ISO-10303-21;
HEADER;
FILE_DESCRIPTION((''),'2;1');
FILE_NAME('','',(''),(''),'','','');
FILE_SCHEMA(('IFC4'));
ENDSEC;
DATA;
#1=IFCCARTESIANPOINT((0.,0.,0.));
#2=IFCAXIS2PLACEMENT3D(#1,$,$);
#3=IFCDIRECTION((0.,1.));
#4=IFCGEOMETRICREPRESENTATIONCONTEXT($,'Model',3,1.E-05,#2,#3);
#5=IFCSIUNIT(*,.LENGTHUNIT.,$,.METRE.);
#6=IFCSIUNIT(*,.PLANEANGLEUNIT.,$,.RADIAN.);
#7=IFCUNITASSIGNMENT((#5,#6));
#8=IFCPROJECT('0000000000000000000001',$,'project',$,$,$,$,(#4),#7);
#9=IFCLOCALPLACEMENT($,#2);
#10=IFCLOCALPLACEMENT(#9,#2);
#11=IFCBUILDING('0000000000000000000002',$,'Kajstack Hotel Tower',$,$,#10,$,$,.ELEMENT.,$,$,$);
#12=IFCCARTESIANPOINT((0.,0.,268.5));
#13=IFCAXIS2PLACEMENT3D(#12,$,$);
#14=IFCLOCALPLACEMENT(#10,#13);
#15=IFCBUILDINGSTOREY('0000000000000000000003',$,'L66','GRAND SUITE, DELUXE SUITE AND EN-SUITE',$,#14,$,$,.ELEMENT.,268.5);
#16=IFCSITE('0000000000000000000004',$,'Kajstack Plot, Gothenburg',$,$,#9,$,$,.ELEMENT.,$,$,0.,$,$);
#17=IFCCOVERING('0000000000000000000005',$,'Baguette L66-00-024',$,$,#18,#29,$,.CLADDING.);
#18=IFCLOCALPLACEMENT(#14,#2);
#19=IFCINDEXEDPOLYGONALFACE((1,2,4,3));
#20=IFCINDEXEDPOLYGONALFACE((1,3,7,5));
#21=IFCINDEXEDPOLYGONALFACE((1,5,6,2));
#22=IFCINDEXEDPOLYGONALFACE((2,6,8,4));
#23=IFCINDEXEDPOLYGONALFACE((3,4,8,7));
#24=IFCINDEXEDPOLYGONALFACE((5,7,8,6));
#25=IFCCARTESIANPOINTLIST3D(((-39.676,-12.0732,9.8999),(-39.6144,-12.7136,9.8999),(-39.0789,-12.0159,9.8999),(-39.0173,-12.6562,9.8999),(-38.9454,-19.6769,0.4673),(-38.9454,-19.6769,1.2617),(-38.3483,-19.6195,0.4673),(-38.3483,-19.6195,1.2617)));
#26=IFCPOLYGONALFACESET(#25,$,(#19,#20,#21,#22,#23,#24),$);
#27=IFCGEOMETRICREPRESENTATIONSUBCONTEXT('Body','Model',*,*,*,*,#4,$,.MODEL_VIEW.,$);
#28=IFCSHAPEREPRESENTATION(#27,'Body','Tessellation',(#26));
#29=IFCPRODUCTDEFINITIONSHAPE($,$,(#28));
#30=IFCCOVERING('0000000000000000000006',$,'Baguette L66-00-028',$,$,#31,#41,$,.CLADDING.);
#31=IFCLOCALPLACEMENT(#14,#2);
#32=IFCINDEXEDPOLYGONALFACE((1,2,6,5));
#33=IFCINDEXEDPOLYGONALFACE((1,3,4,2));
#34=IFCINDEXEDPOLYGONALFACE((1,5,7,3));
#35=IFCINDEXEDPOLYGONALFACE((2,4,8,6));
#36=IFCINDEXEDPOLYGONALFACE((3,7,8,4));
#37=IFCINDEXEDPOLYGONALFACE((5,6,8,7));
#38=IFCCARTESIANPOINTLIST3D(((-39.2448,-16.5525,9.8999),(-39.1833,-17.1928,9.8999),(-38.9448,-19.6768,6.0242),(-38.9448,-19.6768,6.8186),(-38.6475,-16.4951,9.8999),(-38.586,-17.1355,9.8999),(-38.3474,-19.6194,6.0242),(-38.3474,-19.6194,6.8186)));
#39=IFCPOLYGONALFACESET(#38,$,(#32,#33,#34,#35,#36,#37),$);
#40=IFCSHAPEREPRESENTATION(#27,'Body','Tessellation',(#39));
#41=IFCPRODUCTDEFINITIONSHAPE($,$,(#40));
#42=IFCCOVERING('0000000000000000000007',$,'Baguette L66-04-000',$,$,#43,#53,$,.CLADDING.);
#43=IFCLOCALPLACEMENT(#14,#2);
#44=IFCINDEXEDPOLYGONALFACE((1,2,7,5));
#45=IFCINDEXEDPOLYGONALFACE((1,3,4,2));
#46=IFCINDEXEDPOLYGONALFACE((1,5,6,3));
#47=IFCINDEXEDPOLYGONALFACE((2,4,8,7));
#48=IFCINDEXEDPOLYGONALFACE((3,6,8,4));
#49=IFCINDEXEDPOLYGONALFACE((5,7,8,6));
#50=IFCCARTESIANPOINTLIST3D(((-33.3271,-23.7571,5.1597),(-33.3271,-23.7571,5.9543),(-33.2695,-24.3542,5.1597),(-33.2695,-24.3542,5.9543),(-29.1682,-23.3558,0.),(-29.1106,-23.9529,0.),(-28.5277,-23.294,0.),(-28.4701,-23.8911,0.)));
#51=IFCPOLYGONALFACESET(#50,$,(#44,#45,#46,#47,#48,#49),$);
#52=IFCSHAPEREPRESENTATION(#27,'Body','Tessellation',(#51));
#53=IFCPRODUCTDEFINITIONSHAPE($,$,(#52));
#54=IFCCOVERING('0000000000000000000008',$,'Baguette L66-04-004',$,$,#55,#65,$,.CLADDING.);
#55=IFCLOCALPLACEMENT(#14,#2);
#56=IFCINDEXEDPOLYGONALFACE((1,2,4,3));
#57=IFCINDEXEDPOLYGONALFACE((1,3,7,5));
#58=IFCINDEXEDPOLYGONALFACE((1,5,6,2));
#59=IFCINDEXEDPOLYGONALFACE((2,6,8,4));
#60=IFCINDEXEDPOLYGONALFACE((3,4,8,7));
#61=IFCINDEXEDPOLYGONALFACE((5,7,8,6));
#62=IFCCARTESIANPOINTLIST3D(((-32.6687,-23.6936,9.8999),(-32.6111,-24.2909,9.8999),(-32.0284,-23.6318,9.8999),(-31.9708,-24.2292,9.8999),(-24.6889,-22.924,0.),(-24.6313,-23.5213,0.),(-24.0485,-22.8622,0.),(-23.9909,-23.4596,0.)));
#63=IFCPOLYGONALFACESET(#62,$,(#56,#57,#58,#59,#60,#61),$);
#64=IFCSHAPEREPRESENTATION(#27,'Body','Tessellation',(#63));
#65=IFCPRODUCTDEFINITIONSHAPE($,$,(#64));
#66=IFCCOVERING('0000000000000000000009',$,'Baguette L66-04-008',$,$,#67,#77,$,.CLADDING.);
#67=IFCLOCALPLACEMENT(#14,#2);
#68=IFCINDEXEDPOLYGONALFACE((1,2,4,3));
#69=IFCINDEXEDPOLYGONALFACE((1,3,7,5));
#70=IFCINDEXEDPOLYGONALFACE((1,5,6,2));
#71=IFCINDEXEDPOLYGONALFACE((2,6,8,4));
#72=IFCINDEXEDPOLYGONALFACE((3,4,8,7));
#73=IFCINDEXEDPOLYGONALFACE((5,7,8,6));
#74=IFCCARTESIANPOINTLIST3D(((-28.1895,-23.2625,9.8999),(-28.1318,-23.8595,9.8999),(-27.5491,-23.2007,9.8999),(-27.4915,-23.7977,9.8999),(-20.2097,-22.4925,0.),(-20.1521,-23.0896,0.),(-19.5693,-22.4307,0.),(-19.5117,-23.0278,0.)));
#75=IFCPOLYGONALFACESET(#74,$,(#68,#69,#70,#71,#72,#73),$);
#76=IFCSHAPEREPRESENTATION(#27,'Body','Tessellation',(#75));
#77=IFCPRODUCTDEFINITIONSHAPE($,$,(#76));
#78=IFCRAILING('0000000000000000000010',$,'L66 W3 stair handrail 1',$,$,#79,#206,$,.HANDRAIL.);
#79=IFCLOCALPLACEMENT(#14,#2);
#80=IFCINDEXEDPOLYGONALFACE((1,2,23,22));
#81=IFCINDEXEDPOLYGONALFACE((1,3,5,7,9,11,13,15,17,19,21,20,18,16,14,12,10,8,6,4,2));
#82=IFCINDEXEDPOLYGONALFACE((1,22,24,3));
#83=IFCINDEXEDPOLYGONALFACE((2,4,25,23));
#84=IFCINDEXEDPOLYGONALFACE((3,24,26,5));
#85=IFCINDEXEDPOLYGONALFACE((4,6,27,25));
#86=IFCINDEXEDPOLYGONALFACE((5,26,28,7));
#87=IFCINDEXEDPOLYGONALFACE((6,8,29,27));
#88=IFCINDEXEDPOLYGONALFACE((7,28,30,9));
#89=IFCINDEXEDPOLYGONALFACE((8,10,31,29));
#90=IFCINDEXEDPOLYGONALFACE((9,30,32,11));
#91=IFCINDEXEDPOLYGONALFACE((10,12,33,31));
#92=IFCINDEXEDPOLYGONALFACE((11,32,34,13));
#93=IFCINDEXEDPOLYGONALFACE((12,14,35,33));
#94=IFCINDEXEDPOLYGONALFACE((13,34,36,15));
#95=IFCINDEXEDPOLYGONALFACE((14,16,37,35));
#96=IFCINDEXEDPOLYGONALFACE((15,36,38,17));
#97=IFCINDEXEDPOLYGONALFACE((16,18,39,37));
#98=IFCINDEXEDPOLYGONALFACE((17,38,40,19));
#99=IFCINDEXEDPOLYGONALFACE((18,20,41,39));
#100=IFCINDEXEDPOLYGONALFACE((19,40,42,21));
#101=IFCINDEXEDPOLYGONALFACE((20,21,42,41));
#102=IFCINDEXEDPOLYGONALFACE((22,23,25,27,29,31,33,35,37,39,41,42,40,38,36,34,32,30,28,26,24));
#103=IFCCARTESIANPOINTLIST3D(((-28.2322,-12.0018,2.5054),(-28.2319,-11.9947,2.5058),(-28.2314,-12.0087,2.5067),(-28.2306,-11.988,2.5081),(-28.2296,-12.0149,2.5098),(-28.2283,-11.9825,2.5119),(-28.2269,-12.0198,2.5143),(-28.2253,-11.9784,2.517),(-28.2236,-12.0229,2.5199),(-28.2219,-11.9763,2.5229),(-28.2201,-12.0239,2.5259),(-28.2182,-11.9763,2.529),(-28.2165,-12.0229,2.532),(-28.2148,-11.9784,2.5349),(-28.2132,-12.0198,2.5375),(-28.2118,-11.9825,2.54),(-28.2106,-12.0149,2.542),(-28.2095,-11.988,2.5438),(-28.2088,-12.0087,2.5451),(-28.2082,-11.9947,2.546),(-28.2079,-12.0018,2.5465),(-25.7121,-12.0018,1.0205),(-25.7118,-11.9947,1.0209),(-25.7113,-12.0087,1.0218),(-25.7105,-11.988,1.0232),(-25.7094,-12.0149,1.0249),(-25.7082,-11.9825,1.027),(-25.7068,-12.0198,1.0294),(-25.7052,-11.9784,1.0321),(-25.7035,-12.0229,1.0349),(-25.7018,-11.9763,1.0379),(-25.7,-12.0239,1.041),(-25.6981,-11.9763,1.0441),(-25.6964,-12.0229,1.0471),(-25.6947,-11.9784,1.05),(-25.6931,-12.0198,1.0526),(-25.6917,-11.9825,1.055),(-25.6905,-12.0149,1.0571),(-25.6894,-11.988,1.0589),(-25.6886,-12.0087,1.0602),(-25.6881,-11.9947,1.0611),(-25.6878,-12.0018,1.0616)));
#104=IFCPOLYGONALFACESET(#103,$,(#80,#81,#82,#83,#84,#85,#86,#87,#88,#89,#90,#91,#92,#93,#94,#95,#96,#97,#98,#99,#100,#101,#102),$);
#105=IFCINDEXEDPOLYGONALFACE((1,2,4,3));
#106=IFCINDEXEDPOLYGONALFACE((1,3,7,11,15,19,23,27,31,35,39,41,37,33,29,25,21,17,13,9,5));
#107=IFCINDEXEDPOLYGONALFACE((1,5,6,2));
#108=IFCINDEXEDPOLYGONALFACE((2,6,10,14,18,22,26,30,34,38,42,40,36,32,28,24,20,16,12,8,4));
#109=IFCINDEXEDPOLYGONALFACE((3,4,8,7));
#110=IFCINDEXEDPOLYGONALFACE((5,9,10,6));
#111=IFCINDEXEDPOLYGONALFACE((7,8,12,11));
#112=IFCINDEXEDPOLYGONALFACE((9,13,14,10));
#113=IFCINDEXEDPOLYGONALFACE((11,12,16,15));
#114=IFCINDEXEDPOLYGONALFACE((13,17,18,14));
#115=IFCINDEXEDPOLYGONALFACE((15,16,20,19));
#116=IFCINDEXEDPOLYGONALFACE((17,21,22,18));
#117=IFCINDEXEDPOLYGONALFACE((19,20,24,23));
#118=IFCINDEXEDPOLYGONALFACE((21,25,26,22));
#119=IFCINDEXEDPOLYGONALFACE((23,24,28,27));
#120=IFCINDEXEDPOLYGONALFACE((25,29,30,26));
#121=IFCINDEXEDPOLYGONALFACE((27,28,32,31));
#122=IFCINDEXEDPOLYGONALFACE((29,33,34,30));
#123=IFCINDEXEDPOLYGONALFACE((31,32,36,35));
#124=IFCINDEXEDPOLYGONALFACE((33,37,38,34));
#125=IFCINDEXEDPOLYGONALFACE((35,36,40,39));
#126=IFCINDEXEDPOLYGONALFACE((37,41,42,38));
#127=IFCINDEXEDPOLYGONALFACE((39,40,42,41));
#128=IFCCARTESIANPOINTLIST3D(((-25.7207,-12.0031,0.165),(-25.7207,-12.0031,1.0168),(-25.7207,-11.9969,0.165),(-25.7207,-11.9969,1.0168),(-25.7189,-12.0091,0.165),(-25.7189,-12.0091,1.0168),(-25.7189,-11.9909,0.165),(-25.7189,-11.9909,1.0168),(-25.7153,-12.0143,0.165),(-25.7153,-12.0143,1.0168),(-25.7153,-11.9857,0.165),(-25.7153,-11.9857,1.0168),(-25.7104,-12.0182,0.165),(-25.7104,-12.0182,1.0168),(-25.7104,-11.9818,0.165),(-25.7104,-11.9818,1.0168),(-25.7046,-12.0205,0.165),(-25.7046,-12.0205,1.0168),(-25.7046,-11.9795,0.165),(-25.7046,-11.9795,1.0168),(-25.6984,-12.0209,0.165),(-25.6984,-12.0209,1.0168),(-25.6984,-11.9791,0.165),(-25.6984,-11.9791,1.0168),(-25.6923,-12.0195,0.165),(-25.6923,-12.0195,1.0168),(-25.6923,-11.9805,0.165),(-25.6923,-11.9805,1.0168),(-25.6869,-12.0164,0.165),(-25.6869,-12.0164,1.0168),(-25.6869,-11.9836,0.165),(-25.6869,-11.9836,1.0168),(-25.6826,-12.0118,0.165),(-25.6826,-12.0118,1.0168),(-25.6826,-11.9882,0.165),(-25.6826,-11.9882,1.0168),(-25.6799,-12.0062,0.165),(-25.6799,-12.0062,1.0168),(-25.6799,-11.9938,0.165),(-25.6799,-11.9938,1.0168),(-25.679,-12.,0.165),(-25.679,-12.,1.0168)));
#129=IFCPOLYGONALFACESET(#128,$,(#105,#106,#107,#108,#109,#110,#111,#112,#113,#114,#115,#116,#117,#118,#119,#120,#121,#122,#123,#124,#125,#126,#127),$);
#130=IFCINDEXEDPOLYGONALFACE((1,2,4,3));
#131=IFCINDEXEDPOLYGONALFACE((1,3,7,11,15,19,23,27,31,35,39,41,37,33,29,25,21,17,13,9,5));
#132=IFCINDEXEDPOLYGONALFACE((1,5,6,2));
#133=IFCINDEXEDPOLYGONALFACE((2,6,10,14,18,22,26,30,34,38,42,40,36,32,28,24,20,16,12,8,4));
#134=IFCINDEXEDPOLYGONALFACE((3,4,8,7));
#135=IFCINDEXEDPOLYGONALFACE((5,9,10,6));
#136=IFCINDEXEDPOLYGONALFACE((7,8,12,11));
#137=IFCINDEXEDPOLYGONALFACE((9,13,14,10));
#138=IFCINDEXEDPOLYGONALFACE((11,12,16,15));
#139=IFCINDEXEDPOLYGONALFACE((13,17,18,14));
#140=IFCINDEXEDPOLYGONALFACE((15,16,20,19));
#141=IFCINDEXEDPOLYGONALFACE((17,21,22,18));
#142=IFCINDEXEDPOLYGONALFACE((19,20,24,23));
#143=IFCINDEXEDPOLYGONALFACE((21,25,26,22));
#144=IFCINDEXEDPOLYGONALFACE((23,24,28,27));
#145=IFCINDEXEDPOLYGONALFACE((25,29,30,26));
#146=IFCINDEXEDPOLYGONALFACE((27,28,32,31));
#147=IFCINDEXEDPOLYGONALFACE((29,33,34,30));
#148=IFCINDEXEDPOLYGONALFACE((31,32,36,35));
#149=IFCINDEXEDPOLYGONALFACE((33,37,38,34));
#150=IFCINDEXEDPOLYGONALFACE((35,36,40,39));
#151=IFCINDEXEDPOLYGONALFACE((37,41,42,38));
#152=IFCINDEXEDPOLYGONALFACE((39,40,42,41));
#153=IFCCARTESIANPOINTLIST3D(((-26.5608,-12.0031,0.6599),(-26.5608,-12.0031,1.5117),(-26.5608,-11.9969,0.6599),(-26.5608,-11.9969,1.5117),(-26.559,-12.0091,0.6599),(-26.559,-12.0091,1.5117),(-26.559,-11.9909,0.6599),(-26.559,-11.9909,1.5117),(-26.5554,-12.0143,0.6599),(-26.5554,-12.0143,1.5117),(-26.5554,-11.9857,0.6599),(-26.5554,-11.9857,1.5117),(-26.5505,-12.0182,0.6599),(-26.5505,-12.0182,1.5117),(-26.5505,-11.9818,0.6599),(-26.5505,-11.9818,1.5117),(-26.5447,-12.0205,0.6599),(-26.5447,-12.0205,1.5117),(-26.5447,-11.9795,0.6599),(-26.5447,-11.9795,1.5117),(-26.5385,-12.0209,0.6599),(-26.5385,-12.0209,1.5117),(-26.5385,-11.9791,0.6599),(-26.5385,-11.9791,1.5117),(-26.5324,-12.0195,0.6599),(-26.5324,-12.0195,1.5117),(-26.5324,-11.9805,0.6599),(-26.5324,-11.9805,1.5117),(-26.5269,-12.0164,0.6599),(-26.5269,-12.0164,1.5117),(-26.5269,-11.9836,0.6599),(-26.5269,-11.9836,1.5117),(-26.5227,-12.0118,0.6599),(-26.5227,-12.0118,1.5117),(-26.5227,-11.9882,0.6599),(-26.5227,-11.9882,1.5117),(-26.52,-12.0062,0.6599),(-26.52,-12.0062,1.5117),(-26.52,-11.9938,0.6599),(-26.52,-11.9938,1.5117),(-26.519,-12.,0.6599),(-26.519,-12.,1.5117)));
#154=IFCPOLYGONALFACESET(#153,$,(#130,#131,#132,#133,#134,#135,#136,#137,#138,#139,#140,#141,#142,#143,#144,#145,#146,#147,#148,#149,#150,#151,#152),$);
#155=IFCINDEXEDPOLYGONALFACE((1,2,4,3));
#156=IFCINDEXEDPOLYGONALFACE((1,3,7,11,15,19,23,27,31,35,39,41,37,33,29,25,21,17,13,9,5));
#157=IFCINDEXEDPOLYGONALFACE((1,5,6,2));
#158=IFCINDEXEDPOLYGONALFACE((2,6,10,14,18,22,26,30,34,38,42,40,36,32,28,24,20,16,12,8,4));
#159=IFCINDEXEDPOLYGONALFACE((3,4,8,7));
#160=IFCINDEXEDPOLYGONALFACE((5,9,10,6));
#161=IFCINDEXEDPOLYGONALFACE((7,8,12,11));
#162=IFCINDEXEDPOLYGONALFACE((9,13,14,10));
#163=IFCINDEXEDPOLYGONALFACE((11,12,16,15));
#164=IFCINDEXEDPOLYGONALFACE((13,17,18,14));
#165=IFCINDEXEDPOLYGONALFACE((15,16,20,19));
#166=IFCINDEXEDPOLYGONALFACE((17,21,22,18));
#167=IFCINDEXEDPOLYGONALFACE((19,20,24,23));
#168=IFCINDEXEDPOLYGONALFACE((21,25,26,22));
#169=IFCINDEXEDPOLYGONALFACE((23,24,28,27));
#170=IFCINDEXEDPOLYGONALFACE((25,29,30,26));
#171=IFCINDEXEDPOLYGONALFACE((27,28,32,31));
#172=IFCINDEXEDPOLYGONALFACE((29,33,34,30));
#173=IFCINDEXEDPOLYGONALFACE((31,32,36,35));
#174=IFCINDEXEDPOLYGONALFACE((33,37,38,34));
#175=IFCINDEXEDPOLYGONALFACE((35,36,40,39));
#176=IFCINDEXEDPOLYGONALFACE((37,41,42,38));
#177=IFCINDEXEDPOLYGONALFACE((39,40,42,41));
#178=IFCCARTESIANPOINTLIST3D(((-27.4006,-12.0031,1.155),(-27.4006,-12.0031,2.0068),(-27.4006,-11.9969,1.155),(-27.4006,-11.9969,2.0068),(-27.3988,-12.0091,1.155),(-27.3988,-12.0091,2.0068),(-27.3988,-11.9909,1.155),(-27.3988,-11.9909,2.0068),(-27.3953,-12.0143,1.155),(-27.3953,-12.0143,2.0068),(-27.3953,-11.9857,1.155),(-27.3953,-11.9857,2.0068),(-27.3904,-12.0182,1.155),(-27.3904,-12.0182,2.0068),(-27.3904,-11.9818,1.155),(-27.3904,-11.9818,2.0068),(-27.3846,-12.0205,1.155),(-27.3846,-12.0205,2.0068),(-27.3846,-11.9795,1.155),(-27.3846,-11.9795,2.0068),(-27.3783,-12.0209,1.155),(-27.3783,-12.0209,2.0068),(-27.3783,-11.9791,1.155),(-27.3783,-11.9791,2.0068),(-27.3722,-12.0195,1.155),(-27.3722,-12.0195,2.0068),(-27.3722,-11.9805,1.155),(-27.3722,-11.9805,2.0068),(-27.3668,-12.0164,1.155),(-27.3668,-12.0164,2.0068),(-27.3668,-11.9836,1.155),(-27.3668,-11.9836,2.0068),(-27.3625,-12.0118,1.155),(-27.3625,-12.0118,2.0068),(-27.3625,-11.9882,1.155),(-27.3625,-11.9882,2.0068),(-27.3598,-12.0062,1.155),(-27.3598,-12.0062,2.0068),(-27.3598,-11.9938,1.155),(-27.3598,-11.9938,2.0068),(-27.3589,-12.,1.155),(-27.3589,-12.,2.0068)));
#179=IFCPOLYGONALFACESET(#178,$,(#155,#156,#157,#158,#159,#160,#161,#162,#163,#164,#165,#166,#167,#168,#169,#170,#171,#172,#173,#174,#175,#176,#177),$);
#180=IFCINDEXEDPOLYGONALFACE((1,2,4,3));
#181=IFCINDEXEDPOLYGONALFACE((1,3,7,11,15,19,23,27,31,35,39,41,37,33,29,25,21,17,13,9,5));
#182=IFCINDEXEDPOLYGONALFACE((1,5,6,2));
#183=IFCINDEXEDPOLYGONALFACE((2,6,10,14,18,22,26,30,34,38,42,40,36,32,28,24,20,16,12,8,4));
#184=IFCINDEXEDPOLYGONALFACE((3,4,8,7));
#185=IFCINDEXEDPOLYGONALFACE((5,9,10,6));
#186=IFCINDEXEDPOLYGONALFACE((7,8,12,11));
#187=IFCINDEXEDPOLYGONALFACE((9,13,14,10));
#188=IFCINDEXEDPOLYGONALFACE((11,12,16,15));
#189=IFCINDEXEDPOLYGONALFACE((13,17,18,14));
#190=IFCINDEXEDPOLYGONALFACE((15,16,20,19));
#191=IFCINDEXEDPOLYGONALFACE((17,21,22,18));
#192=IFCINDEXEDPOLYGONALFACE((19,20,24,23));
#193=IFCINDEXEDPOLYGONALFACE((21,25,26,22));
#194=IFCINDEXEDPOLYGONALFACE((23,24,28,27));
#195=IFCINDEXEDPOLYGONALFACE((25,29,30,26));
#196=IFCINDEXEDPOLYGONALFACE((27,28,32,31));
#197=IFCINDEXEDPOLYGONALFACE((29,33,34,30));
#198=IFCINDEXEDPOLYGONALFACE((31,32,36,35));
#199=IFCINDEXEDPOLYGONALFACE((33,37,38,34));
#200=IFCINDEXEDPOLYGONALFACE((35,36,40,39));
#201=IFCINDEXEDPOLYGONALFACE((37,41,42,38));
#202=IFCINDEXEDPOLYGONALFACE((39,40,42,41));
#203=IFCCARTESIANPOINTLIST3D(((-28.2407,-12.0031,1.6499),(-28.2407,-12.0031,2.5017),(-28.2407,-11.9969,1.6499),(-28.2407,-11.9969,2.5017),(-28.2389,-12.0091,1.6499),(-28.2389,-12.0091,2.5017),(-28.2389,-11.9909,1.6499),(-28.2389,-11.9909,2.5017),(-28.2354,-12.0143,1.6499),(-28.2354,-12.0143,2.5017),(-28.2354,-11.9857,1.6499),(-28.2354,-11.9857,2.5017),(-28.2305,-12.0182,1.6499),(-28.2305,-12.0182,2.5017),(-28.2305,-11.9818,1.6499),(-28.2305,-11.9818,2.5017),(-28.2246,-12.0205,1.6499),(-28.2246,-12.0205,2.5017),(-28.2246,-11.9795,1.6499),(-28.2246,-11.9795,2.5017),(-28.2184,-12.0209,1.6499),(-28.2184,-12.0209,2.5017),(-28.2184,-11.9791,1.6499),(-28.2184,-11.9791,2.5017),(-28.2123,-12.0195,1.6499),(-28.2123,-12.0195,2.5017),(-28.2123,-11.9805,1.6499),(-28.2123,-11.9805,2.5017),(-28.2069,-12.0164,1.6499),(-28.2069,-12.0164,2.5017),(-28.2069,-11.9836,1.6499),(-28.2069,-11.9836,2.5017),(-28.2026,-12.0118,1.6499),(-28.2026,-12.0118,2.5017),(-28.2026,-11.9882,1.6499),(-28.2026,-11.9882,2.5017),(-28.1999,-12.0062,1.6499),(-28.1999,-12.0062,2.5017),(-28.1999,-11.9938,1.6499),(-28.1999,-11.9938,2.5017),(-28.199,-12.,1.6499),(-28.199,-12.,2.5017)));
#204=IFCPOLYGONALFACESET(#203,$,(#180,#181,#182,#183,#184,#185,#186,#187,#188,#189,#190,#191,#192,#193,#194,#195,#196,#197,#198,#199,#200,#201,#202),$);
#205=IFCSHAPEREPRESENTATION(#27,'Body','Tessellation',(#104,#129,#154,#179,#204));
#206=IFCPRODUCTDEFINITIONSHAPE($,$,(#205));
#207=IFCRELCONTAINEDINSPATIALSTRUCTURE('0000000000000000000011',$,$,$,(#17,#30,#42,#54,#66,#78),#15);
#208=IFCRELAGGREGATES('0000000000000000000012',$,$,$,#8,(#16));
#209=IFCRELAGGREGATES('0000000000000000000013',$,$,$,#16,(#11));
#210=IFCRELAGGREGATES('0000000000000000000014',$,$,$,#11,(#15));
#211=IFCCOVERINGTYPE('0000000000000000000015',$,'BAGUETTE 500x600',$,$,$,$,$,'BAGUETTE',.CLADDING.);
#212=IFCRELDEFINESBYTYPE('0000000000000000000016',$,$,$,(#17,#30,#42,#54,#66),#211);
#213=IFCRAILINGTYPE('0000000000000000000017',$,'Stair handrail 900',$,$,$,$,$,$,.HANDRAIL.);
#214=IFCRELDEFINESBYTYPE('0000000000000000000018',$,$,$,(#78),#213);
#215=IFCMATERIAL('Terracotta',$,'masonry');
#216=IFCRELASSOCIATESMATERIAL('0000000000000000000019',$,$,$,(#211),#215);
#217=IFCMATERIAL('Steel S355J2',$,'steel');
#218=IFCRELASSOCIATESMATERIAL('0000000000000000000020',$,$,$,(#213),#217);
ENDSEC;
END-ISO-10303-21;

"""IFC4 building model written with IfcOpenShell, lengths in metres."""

from ifc_helpers import new_model, si_unit, direction, frame, origin, origin_2d, place, context, subcontext, project, spatial, polyline, rectangle, circle, outline, extrude, material, material_profile, profile_set, type_object, element, save


model = new_model("IFC4")

# Units and contexts
model_context = context("Model", 3, precision=1e-05, world=origin(), true_north=direction((0.0, 1.0)))
body_context = subcontext(model_context, "Body", "Model", "MODEL_VIEW")
ifc_project = project(units=[si_unit("LENGTHUNIT", "METRE"), si_unit("PLANEANGLEUNIT", "RADIAN")], contexts=[model_context])

# Site, building, storey
site_placement = place(None, origin())
site = spatial("IfcSite", under=ifc_project, at=site_placement, Name="Kajstack Plot, Gothenburg", CompositionType="ELEMENT", RefElevation=0.0)
building_placement = place(site_placement, origin())
building = spatial("IfcBuilding", under=site, at=building_placement, Name="Kajstack Hotel Tower", CompositionType="ELEMENT")
storey_placement = place(building_placement, frame((0.0, 0.0, 268.5)))
storey = spatial("IfcBuildingStorey", under=building, at=storey_placement, Name="L66", Description="GRAND SUITE, DELUXE SUITE AND EN-SUITE", CompositionType="ELEMENT", Elevation=268.5)

# Coverings
ifc_material_1 = material(Name="Terracotta", Category="masonry")
ifc_material_profile = material_profile(ifc_material_1, rectangle(XDim=0.6001, YDim=0.5, at=origin_2d()), Name="Terracotta-clad concrete baguette 500 x 600")
ifc_profile_set = profile_set([ifc_material_profile], Name="Terracotta")
covering_type = type_object("IfcCoveringType", Name="BAGUETTE 500x600", ElementType="BAGUETTE", PredefinedType="CLADDING", material=ifc_profile_set)
covering_1_placement = place(storey_placement, frame((-39.0789, -12.0159, 0.0), z_axis=(-0.995416, -0.095635, 0.0), x_axis=(0.095635, -0.995416, 0.0)))
element("IfcCovering", 1, at=covering_1_placement, inside=storey, type_object=covering_type, Name="Baguette L66-00-024", PredefinedType="CLADDING", context=body_context, shape_type="SweptSolid", body=[
    extrude(outline(polyline([(0.0, 9.8999), (7.6387, 0.4673), (7.6387, 1.2617), (0.6433, 9.8999), (0.0, 9.8999)])), origin(), (0.0, 0.0, 1.0), 0.5999),
])
covering_2_placement = place(storey_placement, frame((-38.6475, -16.4951, 0.0), z_axis=(-0.99542, -0.095596, 0.0), x_axis=(0.095596, -0.99542, 0.0)))
element("IfcCovering", 2, at=covering_2_placement, inside=storey, type_object=covering_type, Name="Baguette L66-00-028", PredefinedType="CLADDING", context=body_context, shape_type="SweptSolid", body=[
    extrude(outline(polyline([(0.0, 9.8999), (3.1387, 6.0242), (3.1387, 6.8186), (0.6433, 9.8999), (0.0, 9.8999)])), origin(), (0.0, 0.0, 1.0), 0.6001),
])
covering_3_placement = place(storey_placement, frame((-33.3271, -23.7571, 0.0), z_axis=(0.096038, -0.995378, 0.0), x_axis=(0.995378, 0.096038, 0.0)))
element("IfcCovering", 3, at=covering_3_placement, inside=storey, type_object=covering_type, Name="Baguette L66-04-000", PredefinedType="CLADDING", context=body_context, shape_type="SweptSolid", body=[
    extrude(outline(polyline([(4.8218, 0.0), (0.0, 5.9543), (0.0, 5.1597), (4.1782, 0.0), (4.8218, 0.0)])), origin(), (0.0, 0.0, 1.0), 0.5999),
])
covering_4_placement = place(storey_placement, frame((-32.6687, -23.6936, 0.0), z_axis=(0.095999, -0.995381, 0.0), x_axis=(0.995381, 0.095999, 0.0)))
element("IfcCovering", 4, at=covering_4_placement, inside=storey, type_object=covering_type, Name="Baguette L66-04-004", PredefinedType="CLADDING", context=body_context, shape_type="SweptSolid", body=[
    extrude(outline(polyline([(0.0, 9.8999), (8.0168, 0.0), (8.6602, 0.0), (0.6433, 9.8999), (0.0, 9.8999)])), origin(), (0.0, 0.0, 1.0), 0.6001),
])
covering_5_placement = place(storey_placement, frame((-28.1895, -23.2625, 0.0), z_axis=(0.096038, -0.995378, 0.0), x_axis=(0.995378, 0.096038, 0.0)))
element("IfcCovering", 5, at=covering_5_placement, inside=storey, type_object=covering_type, Name="Baguette L66-04-008", PredefinedType="CLADDING", context=body_context, shape_type="SweptSolid", body=[
    extrude(outline(polyline([(0.0, 9.8999), (8.0168, 0.0), (8.6602, 0.0), (0.6433, 9.8999), (0.0, 9.8999)])), origin(), (0.0, 0.0, 1.0), 0.5999),
])

# Railing
ifc_material_2 = material(Name="Steel S355J2", Category="steel")
railing_type_1 = type_object("IfcRailingType", Name="Stair handrail 900", PredefinedType="HANDRAIL", material=ifc_material_2)
railing_1_placement = place(storey_placement, frame((-25.7, -12.0, 0.165)))
element("IfcRailing", 6, at=railing_1_placement, inside=storey, type_object=railing_type_1, Name="L66 W3 stair handrail 1", PredefinedType="HANDRAIL", context=body_context, shape_type="SweptSolid", body=[
    extrude(circle(Radius=0.0239, at=origin_2d()), frame((0.0, 0.0, 0.876), z_axis=(-0.861561, 0.0, 0.507655), x_axis=(0.0, -1.0, 0.0)), (0.0, 0.0, 1.0), 2.925),
    extrude(circle(Radius=0.021, at=origin_2d()), origin(), (0.0, 0.0, 1.0), 0.8518),
    extrude(circle(Radius=0.021, at=origin_2d()), frame((-0.8401, 0.0, 0.4949)), (0.0, 0.0, 1.0), 0.8518),
    extrude(circle(Radius=0.021, at=origin_2d()), frame((-1.6799, 0.0, 0.99)), (0.0, 0.0, 1.0), 0.8518),
    extrude(circle(Radius=0.021, at=origin_2d()), frame((-2.52, 0.0, 1.4849)), (0.0, 0.0, 1.0), 0.8518),
])

save(model, "model.ifc")
